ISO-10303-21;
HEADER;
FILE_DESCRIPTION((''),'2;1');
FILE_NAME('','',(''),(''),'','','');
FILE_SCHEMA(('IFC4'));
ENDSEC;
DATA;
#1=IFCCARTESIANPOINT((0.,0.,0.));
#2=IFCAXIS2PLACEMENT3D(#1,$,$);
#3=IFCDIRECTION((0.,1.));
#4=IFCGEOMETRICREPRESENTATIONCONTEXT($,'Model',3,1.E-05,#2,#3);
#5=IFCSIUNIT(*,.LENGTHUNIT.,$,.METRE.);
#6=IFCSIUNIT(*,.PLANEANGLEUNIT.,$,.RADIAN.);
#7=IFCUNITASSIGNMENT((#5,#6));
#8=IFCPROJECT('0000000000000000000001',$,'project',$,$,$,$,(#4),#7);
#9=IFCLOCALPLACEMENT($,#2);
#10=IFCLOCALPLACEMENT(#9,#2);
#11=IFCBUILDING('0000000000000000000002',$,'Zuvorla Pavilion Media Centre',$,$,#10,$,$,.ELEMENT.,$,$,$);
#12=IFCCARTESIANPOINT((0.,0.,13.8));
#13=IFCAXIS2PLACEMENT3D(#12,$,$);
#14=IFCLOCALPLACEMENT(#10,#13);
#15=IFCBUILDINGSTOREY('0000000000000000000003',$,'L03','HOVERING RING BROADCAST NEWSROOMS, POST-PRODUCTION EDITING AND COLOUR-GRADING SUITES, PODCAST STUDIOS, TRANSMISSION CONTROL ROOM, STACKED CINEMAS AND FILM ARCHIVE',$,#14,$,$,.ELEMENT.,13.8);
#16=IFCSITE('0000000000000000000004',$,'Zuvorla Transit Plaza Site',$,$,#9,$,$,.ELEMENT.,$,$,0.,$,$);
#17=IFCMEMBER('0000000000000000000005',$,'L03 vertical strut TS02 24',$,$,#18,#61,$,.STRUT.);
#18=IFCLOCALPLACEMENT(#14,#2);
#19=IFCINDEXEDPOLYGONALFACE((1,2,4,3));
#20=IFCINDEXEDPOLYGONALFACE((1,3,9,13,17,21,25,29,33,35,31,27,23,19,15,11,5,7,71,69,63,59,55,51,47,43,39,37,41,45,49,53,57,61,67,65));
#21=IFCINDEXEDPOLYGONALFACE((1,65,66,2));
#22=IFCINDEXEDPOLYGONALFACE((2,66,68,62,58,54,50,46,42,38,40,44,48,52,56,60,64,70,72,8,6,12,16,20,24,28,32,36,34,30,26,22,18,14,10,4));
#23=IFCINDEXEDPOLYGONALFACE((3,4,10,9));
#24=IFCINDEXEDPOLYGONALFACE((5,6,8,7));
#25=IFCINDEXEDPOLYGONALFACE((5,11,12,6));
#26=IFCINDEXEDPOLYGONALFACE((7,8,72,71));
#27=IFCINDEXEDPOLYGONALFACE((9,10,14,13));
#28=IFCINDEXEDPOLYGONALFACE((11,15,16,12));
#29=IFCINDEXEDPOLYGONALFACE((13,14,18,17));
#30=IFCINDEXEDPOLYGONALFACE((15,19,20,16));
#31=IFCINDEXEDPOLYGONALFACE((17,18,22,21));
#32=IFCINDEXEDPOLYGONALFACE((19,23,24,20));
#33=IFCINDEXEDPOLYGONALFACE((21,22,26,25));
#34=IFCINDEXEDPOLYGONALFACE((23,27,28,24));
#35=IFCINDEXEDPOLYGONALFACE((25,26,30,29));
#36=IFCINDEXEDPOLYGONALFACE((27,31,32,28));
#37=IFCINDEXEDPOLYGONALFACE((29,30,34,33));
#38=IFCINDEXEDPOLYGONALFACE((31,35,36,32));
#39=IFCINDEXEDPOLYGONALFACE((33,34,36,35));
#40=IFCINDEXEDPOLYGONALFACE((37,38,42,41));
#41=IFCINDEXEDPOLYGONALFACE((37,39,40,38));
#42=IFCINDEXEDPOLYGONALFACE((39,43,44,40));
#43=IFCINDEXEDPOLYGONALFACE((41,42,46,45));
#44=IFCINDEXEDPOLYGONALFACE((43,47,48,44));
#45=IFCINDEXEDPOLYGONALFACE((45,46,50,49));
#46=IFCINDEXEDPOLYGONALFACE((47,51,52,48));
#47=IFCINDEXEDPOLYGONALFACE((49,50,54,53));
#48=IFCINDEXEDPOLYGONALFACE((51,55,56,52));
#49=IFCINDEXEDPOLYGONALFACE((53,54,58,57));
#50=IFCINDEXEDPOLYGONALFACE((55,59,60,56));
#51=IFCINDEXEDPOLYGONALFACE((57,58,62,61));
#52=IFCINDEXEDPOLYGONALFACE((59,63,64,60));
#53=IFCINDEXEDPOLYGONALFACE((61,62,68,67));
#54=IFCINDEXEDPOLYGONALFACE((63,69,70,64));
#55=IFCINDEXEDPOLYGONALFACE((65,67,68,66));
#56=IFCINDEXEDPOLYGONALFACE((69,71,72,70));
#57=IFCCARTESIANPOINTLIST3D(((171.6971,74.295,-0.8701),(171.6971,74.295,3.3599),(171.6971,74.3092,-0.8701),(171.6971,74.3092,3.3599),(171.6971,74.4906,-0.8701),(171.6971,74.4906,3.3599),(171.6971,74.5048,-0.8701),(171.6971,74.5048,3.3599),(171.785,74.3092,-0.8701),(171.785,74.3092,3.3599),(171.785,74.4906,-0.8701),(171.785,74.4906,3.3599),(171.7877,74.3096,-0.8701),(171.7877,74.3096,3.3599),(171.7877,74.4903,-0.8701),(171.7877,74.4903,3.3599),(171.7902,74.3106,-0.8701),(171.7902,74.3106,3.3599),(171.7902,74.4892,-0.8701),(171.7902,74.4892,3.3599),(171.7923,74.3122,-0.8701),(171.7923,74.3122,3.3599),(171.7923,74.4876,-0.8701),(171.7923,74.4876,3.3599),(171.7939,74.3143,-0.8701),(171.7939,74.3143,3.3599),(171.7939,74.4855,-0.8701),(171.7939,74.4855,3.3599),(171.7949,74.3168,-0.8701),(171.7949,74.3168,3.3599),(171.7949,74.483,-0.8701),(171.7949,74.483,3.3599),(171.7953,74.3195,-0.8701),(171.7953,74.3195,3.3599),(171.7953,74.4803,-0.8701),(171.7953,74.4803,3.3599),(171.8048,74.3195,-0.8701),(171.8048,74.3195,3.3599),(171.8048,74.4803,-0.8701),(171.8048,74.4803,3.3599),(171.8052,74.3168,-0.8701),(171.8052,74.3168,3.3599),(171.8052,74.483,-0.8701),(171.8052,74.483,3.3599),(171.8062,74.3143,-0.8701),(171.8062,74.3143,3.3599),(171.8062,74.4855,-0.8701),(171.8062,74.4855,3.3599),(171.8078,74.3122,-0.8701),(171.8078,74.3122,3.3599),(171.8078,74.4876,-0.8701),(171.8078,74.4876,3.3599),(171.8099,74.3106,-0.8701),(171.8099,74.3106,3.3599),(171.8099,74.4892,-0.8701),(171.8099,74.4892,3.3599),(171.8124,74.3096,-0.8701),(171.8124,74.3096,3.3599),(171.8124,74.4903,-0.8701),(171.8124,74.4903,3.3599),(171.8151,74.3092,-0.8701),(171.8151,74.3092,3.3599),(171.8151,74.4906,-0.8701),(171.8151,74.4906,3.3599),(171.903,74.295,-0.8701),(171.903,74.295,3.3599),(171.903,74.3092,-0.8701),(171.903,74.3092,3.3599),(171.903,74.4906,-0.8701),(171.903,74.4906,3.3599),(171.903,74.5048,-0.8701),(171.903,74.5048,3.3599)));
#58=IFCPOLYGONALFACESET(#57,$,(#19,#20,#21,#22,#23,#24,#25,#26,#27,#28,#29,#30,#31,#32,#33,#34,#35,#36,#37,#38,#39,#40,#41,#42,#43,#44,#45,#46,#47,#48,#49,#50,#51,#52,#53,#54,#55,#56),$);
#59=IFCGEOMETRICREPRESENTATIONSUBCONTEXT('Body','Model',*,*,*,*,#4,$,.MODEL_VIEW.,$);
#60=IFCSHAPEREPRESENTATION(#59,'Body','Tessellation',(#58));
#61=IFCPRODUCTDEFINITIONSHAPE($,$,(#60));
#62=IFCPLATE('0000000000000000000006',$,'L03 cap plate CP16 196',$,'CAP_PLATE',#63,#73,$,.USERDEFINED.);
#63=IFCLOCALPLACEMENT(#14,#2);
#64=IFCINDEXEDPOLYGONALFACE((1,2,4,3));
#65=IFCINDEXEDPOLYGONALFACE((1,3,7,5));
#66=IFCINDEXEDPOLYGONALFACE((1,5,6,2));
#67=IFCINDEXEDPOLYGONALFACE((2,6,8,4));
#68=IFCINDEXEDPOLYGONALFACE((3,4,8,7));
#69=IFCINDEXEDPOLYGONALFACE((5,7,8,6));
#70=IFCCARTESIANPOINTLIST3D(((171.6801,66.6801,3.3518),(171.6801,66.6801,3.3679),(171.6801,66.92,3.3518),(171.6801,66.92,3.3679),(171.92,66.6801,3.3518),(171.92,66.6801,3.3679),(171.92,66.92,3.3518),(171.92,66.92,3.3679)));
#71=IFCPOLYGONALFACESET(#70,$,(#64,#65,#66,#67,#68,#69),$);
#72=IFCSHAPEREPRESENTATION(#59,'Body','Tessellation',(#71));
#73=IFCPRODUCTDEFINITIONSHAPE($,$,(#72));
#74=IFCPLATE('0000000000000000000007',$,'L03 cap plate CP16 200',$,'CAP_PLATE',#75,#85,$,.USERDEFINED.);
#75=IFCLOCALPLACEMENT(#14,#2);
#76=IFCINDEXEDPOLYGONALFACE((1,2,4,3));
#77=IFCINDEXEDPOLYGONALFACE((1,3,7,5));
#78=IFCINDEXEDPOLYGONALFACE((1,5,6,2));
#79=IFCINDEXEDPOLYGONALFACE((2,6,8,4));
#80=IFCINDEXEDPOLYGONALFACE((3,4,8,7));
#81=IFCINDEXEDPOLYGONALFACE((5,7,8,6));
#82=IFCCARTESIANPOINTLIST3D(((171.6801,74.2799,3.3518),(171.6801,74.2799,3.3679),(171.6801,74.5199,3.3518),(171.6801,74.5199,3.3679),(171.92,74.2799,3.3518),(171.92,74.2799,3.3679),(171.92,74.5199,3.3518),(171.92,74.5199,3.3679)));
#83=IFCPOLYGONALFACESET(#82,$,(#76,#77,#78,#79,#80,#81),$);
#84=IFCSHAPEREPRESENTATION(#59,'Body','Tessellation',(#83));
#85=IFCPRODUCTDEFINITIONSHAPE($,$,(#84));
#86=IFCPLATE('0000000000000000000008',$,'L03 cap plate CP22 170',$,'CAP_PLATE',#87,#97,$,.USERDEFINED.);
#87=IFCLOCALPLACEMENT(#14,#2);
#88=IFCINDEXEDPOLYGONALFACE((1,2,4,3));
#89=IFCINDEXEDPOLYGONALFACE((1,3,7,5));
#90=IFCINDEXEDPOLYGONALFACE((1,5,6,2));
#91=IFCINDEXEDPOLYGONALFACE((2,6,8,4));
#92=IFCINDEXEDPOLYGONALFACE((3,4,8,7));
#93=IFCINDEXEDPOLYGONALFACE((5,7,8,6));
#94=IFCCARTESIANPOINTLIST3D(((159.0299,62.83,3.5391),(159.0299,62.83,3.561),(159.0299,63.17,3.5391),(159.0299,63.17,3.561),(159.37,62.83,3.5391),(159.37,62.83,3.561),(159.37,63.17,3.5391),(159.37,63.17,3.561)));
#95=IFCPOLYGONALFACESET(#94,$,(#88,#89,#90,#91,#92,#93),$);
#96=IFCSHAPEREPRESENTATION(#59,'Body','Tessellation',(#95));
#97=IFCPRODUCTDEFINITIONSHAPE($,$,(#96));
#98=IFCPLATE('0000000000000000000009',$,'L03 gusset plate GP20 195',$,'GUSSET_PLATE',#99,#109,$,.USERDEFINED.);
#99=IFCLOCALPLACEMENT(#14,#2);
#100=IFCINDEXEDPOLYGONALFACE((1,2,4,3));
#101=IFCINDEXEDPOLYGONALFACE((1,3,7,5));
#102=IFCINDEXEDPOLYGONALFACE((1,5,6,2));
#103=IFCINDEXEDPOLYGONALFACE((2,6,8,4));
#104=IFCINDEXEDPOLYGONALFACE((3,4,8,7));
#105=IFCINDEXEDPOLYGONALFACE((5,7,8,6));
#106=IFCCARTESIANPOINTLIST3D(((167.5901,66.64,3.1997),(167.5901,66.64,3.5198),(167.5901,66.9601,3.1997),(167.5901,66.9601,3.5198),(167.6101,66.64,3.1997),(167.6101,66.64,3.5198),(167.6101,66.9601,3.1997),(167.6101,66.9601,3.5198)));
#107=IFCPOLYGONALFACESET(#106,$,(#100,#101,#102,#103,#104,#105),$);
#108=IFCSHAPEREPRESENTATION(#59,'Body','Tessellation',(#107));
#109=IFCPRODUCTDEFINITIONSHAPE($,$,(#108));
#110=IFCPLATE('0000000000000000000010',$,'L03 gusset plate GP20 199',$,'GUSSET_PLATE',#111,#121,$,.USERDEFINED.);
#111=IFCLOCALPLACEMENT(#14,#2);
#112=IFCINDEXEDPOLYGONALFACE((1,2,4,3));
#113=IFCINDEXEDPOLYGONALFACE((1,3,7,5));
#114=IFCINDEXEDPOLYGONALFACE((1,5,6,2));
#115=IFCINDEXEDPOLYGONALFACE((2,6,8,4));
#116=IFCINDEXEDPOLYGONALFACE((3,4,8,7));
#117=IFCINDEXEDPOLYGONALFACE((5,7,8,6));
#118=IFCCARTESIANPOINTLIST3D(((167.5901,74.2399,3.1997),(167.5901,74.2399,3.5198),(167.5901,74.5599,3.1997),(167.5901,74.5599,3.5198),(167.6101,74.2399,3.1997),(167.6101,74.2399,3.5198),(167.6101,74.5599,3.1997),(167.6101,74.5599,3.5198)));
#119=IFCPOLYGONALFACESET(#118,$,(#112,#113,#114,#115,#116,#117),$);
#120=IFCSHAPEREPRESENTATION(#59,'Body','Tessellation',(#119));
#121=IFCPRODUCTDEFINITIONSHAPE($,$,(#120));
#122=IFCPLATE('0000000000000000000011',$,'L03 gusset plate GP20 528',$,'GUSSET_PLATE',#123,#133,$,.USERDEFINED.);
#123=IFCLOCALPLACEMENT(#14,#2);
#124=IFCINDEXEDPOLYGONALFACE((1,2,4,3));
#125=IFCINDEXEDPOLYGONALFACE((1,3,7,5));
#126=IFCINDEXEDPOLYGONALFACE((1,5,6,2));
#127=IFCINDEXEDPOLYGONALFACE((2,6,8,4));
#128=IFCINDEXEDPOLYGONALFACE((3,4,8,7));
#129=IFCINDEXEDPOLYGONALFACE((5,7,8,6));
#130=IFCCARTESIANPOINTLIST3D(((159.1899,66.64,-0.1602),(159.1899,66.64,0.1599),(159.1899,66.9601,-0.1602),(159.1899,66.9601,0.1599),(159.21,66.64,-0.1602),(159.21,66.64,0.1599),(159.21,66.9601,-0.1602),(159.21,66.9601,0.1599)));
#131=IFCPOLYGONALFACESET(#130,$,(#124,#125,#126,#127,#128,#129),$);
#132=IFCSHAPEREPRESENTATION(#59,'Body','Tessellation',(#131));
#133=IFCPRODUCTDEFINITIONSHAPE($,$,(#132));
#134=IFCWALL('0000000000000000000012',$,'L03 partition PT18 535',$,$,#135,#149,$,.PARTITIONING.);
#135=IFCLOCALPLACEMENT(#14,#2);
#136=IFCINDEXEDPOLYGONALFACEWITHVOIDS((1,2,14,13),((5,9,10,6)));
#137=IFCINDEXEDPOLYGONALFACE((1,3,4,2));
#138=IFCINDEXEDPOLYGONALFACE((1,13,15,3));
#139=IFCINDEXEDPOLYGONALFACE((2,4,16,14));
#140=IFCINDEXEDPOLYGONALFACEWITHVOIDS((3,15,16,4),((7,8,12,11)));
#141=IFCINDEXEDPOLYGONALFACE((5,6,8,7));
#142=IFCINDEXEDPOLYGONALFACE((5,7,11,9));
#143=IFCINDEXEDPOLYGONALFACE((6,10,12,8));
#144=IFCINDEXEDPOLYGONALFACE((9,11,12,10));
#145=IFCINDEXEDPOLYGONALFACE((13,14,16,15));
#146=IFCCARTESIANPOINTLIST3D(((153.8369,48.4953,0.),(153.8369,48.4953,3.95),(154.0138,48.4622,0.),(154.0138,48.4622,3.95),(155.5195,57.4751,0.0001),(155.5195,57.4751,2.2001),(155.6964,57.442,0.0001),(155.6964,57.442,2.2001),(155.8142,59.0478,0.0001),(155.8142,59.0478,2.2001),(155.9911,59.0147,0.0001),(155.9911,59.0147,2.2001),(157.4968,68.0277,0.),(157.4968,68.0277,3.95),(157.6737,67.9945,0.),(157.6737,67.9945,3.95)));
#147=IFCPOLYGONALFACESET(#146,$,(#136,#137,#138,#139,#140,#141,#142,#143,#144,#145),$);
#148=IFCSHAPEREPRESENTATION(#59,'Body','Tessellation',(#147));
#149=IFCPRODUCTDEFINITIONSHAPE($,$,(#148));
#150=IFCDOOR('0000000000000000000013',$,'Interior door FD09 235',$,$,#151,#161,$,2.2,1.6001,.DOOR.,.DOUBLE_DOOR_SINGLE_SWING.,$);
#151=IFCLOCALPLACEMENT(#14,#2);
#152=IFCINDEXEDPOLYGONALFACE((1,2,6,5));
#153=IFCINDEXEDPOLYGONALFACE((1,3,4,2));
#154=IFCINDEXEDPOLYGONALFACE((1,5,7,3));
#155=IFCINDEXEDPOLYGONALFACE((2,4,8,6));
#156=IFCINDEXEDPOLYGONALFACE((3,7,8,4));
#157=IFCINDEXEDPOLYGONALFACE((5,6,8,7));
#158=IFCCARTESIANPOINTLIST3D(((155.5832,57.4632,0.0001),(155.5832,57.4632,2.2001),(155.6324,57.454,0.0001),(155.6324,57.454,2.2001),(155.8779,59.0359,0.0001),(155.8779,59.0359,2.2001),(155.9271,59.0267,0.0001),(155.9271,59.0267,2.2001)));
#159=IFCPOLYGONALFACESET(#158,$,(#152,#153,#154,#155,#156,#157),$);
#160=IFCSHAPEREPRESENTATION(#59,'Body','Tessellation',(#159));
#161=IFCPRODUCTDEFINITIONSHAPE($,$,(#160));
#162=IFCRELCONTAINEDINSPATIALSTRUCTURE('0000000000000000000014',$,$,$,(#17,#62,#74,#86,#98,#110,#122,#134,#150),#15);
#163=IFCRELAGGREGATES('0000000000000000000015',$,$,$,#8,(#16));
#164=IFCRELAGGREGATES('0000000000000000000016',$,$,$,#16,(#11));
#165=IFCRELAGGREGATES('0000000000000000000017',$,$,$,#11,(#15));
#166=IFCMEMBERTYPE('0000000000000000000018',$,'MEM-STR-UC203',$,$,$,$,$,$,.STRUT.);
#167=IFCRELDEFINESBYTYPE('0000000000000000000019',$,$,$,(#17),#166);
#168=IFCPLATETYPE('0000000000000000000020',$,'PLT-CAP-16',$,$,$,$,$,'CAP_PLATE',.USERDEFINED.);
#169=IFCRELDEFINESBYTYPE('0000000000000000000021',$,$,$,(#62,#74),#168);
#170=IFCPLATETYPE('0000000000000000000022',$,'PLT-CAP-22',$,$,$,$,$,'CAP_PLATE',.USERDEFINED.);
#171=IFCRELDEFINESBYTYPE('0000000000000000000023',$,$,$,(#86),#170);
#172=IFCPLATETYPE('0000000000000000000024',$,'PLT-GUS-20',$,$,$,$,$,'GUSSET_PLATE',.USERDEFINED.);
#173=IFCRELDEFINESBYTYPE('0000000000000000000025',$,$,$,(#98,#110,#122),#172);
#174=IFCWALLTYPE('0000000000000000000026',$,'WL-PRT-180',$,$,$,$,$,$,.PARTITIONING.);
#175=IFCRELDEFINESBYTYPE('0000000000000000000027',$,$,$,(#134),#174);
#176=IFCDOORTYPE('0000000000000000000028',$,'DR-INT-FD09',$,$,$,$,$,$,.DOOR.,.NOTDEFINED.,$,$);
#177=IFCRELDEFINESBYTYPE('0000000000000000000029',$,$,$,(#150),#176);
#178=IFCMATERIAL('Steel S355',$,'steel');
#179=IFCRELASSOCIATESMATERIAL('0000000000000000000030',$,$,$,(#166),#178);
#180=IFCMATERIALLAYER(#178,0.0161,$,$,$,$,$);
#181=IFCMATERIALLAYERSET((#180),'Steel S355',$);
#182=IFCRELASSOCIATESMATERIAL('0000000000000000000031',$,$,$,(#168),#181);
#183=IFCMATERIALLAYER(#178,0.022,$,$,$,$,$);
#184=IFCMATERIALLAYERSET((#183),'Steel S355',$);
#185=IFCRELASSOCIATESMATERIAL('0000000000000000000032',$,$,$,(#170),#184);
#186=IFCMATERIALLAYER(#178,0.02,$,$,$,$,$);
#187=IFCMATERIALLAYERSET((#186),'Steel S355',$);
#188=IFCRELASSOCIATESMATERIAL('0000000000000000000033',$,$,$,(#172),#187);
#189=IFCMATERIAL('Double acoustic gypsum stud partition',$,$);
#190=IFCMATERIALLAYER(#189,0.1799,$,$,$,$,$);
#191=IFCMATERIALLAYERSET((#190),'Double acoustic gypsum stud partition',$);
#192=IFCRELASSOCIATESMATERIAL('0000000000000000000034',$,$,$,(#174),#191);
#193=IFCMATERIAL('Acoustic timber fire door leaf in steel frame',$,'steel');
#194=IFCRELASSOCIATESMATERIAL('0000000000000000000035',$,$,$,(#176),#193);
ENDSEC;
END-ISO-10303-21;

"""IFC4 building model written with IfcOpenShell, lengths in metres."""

from ifc_helpers import new_model, si_unit, direction, frame, frame_2d, origin, origin_2d, place, context, subcontext, project, spatial, rectangle, i_section, extrude, material, layer, layer_set, material_profile, profile_set, type_object, element, fill, save


model = new_model("IFC4")

# Units and contexts
model_context = context("Model", 3, precision=1e-05, world=origin(), true_north=direction((0.0, 1.0)))
body_context = subcontext(model_context, "Body", "Model", "MODEL_VIEW")
ifc_project = project(units=[si_unit("LENGTHUNIT", "METRE"), si_unit("PLANEANGLEUNIT", "RADIAN")], contexts=[model_context])

# Site, building, storey
site_placement = place(None, origin())
site = spatial("IfcSite", under=ifc_project, at=site_placement, Name="Zuvorla Transit Plaza Site", CompositionType="ELEMENT", RefElevation=0.0)
building_placement = place(site_placement, origin())
building = spatial("IfcBuilding", under=site, at=building_placement, Name="Zuvorla Pavilion Media Centre", CompositionType="ELEMENT")
storey_placement = place(building_placement, frame((0.0, 0.0, 13.8)))
storey = spatial("IfcBuildingStorey", under=building, at=storey_placement, Name="L03", Description="HOVERING RING BROADCAST NEWSROOMS, POST-PRODUCTION EDITING AND COLOUR-GRADING SUITES, PODCAST STUDIOS, TRANSMISSION CONTROL ROOM, STACKED CINEMAS AND FILM ARCHIVE", CompositionType="ELEMENT", Elevation=13.8)

# Shared definitions
ifc_material_1 = material(Name="Steel S355", Category="steel")

# Member
ifc_material_profile_1 = material_profile(ifc_material_1, i_section(OverallWidth=0.2058, OverallDepth=0.2097, WebThickness=0.0095, FlangeThickness=0.0142, FilletRadius=0.0103, at=origin_2d()), Name="UC 203x203x60")
ifc_profile_set_1 = profile_set([ifc_material_profile_1], Name="Steel S355")
member_type_1 = type_object("IfcMemberType", Name="MEM-STR-UC203", PredefinedType="STRUT", material=ifc_profile_set_1)
for number, where, z_axis, x_axis, name in (
    (1, (171.8, 74.3999, -0.8701), (0.0, 0.0, 1.0), (1.0, 0.0, 0.0), "L03 vertical strut TS02 24"),
):
    element("IfcMember", number, at=place(storey_placement, frame(where, z_axis=z_axis, x_axis=x_axis)), inside=storey, type_object=member_type_1, Name=name, PredefinedType="STRUT", context=body_context, shape_type="SweptSolid", body=[
        extrude(i_section(OverallWidth=0.2058, OverallDepth=0.2097, WebThickness=0.0095, FlangeThickness=0.0142, FilletRadius=0.0103, at=origin_2d()), origin(), (0.0, 0.0, 1.0), 4.23),
    ])

# Plates
ifc_layer_1 = layer(ifc_material_1, 0.0161)
ifc_layer_set_1 = layer_set([ifc_layer_1], Name="Steel S355")
plate_type_1 = type_object("IfcPlateType", Name="PLT-CAP-16", ElementType="CAP_PLATE", PredefinedType="USERDEFINED", material=ifc_layer_set_1)
for number, where, z_axis, x_axis, name in (
    (2, (171.8, 66.8, 3.3518), (0.0, 0.0, 1.0), (1.0, 0.0, 0.0), "L03 cap plate CP16 196"),
    (3, (171.8, 74.3999, 3.3518), (0.0, 0.0, 1.0), (1.0, 0.0, 0.0), "L03 cap plate CP16 200"),
):
    element("IfcPlate", number, at=place(storey_placement, frame(where, z_axis=z_axis, x_axis=x_axis)), inside=storey, type_object=plate_type_1, Name=name, ObjectType="CAP_PLATE", PredefinedType="USERDEFINED", context=body_context, shape_type="SweptSolid", body=[
        extrude(rectangle(XDim=0.24, YDim=0.24, at=origin_2d()), origin(), (0.0, 0.0, 1.0), 0.0161),
    ])
ifc_layer_2 = layer(ifc_material_1, 0.022)
ifc_layer_set_2 = layer_set([ifc_layer_2], Name="Steel S355")
plate_type_2 = type_object("IfcPlateType", Name="PLT-CAP-22", ElementType="CAP_PLATE", PredefinedType="USERDEFINED", material=ifc_layer_set_2)
plate_placement = place(storey_placement, frame((159.2, 63.0, 3.5391), z_axis=(0.0, 0.0, 1.0), x_axis=(1.0, 0.0, 0.0)))
element("IfcPlate", 4, at=plate_placement, inside=storey, type_object=plate_type_2, Name="L03 cap plate CP22 170", ObjectType="CAP_PLATE", PredefinedType="USERDEFINED", context=body_context, shape_type="SweptSolid", body=[
    extrude(rectangle(XDim=0.3401, YDim=0.3401, at=origin_2d()), origin(), (0.0, 0.0, 1.0), 0.022),
])
ifc_layer_3 = layer(ifc_material_1, 0.02)
ifc_layer_set_3 = layer_set([ifc_layer_3], Name="Steel S355")
plate_type_3 = type_object("IfcPlateType", Name="PLT-GUS-20", ElementType="GUSSET_PLATE", PredefinedType="USERDEFINED", material=ifc_layer_set_3)
for number, where, z_axis, x_axis, name in (
    (5, (167.6001, 66.8, 3.1997), (0.0, 0.0, 1.0), (1.0, 0.0, 0.0), "L03 gusset plate GP20 195"),
    (6, (167.6001, 74.3999, 3.1997), (0.0, 0.0, 1.0), (1.0, 0.0, 0.0), "L03 gusset plate GP20 199"),
    (7, (159.2, 66.8, -0.1602), (0.0, 0.0, 1.0), (1.0, 0.0, 0.0), "L03 gusset plate GP20 528"),
):
    element("IfcPlate", number, at=place(storey_placement, frame(where, z_axis=z_axis, x_axis=x_axis)), inside=storey, type_object=plate_type_3, Name=name, ObjectType="GUSSET_PLATE", PredefinedType="USERDEFINED", context=body_context, shape_type="SweptSolid", body=[
        extrude(rectangle(XDim=0.02, YDim=0.3201, at=origin_2d()), origin(), (0.0, 0.0, 1.0), 0.3201),
    ])

# Wall, opening, door
ifc_material_2 = material(Name="Double acoustic gypsum stud partition")
ifc_layer_4 = layer(ifc_material_2, 0.1799)
ifc_layer_set_4 = layer_set([ifc_layer_4], Name="Double acoustic gypsum stud partition")
wall_type = type_object("IfcWallType", Name="WL-PRT-180", PredefinedType="PARTITIONING", material=ifc_layer_set_4)
wall_placement = place(storey_placement, frame((157.5852, 68.011, 0.0), z_axis=(0.0, 0.0, 1.0), x_axis=(-0.184171, -0.982894, 0.0)))
wall = element("IfcWall", 8, at=wall_placement, inside=storey, type_object=wall_type, Name="L03 partition PT18 535", PredefinedType="PARTITIONING", context=body_context, shape_type="SweptSolid", body=[
    extrude(rectangle(XDim=19.8723, YDim=0.1799, at=frame_2d((9.936, 0.0))), origin(), (0.0, 0.0, 1.0), 3.95),
])
opening_placement = place(wall_placement, frame((9.136, 0.0, 0.0)))
opening = element("IfcOpeningElement", 9, at=opening_placement, cuts=wall, PredefinedType="OPENING", context=body_context, shape_type="SweptSolid", body=[
    extrude(rectangle(XDim=1.6001, YDim=2.2, at=frame_2d((0.8, 1.1001))), frame((0.0, 0.0999, 0.0), z_axis=(0.0, -1.0, 0.0), x_axis=(1.0, 0.0, 0.0)), (0.0, 0.0, 1.0), 0.2),
])
ifc_material_3 = material(Name="Acoustic timber fire door leaf in steel frame", Category="steel")
door_type = type_object("IfcDoorType", Name="DR-INT-FD09", OperationType="NOTDEFINED", PredefinedType="DOOR", material=ifc_material_3)
door_placement = place(opening_placement, origin())
door = element("IfcDoor", 10, at=door_placement, inside=storey, type_object=door_type, Name="Interior door FD09 235", OperationType="DOUBLE_DOOR_SINGLE_SWING", OverallHeight=2.2, OverallWidth=1.6001, PredefinedType="DOOR", context=body_context, shape_type="SweptSolid", body=[
    extrude(rectangle(XDim=1.6001, YDim=2.2, at=frame_2d((0.8, 1.1001))), frame((0.0, 0.0249, 0.0), z_axis=(0.0, -1.0, 0.0), x_axis=(1.0, 0.0, 0.0)), (0.0, 0.0, 1.0), 0.05),
])
fill(opening, door)

save(model, "model.ifc")
